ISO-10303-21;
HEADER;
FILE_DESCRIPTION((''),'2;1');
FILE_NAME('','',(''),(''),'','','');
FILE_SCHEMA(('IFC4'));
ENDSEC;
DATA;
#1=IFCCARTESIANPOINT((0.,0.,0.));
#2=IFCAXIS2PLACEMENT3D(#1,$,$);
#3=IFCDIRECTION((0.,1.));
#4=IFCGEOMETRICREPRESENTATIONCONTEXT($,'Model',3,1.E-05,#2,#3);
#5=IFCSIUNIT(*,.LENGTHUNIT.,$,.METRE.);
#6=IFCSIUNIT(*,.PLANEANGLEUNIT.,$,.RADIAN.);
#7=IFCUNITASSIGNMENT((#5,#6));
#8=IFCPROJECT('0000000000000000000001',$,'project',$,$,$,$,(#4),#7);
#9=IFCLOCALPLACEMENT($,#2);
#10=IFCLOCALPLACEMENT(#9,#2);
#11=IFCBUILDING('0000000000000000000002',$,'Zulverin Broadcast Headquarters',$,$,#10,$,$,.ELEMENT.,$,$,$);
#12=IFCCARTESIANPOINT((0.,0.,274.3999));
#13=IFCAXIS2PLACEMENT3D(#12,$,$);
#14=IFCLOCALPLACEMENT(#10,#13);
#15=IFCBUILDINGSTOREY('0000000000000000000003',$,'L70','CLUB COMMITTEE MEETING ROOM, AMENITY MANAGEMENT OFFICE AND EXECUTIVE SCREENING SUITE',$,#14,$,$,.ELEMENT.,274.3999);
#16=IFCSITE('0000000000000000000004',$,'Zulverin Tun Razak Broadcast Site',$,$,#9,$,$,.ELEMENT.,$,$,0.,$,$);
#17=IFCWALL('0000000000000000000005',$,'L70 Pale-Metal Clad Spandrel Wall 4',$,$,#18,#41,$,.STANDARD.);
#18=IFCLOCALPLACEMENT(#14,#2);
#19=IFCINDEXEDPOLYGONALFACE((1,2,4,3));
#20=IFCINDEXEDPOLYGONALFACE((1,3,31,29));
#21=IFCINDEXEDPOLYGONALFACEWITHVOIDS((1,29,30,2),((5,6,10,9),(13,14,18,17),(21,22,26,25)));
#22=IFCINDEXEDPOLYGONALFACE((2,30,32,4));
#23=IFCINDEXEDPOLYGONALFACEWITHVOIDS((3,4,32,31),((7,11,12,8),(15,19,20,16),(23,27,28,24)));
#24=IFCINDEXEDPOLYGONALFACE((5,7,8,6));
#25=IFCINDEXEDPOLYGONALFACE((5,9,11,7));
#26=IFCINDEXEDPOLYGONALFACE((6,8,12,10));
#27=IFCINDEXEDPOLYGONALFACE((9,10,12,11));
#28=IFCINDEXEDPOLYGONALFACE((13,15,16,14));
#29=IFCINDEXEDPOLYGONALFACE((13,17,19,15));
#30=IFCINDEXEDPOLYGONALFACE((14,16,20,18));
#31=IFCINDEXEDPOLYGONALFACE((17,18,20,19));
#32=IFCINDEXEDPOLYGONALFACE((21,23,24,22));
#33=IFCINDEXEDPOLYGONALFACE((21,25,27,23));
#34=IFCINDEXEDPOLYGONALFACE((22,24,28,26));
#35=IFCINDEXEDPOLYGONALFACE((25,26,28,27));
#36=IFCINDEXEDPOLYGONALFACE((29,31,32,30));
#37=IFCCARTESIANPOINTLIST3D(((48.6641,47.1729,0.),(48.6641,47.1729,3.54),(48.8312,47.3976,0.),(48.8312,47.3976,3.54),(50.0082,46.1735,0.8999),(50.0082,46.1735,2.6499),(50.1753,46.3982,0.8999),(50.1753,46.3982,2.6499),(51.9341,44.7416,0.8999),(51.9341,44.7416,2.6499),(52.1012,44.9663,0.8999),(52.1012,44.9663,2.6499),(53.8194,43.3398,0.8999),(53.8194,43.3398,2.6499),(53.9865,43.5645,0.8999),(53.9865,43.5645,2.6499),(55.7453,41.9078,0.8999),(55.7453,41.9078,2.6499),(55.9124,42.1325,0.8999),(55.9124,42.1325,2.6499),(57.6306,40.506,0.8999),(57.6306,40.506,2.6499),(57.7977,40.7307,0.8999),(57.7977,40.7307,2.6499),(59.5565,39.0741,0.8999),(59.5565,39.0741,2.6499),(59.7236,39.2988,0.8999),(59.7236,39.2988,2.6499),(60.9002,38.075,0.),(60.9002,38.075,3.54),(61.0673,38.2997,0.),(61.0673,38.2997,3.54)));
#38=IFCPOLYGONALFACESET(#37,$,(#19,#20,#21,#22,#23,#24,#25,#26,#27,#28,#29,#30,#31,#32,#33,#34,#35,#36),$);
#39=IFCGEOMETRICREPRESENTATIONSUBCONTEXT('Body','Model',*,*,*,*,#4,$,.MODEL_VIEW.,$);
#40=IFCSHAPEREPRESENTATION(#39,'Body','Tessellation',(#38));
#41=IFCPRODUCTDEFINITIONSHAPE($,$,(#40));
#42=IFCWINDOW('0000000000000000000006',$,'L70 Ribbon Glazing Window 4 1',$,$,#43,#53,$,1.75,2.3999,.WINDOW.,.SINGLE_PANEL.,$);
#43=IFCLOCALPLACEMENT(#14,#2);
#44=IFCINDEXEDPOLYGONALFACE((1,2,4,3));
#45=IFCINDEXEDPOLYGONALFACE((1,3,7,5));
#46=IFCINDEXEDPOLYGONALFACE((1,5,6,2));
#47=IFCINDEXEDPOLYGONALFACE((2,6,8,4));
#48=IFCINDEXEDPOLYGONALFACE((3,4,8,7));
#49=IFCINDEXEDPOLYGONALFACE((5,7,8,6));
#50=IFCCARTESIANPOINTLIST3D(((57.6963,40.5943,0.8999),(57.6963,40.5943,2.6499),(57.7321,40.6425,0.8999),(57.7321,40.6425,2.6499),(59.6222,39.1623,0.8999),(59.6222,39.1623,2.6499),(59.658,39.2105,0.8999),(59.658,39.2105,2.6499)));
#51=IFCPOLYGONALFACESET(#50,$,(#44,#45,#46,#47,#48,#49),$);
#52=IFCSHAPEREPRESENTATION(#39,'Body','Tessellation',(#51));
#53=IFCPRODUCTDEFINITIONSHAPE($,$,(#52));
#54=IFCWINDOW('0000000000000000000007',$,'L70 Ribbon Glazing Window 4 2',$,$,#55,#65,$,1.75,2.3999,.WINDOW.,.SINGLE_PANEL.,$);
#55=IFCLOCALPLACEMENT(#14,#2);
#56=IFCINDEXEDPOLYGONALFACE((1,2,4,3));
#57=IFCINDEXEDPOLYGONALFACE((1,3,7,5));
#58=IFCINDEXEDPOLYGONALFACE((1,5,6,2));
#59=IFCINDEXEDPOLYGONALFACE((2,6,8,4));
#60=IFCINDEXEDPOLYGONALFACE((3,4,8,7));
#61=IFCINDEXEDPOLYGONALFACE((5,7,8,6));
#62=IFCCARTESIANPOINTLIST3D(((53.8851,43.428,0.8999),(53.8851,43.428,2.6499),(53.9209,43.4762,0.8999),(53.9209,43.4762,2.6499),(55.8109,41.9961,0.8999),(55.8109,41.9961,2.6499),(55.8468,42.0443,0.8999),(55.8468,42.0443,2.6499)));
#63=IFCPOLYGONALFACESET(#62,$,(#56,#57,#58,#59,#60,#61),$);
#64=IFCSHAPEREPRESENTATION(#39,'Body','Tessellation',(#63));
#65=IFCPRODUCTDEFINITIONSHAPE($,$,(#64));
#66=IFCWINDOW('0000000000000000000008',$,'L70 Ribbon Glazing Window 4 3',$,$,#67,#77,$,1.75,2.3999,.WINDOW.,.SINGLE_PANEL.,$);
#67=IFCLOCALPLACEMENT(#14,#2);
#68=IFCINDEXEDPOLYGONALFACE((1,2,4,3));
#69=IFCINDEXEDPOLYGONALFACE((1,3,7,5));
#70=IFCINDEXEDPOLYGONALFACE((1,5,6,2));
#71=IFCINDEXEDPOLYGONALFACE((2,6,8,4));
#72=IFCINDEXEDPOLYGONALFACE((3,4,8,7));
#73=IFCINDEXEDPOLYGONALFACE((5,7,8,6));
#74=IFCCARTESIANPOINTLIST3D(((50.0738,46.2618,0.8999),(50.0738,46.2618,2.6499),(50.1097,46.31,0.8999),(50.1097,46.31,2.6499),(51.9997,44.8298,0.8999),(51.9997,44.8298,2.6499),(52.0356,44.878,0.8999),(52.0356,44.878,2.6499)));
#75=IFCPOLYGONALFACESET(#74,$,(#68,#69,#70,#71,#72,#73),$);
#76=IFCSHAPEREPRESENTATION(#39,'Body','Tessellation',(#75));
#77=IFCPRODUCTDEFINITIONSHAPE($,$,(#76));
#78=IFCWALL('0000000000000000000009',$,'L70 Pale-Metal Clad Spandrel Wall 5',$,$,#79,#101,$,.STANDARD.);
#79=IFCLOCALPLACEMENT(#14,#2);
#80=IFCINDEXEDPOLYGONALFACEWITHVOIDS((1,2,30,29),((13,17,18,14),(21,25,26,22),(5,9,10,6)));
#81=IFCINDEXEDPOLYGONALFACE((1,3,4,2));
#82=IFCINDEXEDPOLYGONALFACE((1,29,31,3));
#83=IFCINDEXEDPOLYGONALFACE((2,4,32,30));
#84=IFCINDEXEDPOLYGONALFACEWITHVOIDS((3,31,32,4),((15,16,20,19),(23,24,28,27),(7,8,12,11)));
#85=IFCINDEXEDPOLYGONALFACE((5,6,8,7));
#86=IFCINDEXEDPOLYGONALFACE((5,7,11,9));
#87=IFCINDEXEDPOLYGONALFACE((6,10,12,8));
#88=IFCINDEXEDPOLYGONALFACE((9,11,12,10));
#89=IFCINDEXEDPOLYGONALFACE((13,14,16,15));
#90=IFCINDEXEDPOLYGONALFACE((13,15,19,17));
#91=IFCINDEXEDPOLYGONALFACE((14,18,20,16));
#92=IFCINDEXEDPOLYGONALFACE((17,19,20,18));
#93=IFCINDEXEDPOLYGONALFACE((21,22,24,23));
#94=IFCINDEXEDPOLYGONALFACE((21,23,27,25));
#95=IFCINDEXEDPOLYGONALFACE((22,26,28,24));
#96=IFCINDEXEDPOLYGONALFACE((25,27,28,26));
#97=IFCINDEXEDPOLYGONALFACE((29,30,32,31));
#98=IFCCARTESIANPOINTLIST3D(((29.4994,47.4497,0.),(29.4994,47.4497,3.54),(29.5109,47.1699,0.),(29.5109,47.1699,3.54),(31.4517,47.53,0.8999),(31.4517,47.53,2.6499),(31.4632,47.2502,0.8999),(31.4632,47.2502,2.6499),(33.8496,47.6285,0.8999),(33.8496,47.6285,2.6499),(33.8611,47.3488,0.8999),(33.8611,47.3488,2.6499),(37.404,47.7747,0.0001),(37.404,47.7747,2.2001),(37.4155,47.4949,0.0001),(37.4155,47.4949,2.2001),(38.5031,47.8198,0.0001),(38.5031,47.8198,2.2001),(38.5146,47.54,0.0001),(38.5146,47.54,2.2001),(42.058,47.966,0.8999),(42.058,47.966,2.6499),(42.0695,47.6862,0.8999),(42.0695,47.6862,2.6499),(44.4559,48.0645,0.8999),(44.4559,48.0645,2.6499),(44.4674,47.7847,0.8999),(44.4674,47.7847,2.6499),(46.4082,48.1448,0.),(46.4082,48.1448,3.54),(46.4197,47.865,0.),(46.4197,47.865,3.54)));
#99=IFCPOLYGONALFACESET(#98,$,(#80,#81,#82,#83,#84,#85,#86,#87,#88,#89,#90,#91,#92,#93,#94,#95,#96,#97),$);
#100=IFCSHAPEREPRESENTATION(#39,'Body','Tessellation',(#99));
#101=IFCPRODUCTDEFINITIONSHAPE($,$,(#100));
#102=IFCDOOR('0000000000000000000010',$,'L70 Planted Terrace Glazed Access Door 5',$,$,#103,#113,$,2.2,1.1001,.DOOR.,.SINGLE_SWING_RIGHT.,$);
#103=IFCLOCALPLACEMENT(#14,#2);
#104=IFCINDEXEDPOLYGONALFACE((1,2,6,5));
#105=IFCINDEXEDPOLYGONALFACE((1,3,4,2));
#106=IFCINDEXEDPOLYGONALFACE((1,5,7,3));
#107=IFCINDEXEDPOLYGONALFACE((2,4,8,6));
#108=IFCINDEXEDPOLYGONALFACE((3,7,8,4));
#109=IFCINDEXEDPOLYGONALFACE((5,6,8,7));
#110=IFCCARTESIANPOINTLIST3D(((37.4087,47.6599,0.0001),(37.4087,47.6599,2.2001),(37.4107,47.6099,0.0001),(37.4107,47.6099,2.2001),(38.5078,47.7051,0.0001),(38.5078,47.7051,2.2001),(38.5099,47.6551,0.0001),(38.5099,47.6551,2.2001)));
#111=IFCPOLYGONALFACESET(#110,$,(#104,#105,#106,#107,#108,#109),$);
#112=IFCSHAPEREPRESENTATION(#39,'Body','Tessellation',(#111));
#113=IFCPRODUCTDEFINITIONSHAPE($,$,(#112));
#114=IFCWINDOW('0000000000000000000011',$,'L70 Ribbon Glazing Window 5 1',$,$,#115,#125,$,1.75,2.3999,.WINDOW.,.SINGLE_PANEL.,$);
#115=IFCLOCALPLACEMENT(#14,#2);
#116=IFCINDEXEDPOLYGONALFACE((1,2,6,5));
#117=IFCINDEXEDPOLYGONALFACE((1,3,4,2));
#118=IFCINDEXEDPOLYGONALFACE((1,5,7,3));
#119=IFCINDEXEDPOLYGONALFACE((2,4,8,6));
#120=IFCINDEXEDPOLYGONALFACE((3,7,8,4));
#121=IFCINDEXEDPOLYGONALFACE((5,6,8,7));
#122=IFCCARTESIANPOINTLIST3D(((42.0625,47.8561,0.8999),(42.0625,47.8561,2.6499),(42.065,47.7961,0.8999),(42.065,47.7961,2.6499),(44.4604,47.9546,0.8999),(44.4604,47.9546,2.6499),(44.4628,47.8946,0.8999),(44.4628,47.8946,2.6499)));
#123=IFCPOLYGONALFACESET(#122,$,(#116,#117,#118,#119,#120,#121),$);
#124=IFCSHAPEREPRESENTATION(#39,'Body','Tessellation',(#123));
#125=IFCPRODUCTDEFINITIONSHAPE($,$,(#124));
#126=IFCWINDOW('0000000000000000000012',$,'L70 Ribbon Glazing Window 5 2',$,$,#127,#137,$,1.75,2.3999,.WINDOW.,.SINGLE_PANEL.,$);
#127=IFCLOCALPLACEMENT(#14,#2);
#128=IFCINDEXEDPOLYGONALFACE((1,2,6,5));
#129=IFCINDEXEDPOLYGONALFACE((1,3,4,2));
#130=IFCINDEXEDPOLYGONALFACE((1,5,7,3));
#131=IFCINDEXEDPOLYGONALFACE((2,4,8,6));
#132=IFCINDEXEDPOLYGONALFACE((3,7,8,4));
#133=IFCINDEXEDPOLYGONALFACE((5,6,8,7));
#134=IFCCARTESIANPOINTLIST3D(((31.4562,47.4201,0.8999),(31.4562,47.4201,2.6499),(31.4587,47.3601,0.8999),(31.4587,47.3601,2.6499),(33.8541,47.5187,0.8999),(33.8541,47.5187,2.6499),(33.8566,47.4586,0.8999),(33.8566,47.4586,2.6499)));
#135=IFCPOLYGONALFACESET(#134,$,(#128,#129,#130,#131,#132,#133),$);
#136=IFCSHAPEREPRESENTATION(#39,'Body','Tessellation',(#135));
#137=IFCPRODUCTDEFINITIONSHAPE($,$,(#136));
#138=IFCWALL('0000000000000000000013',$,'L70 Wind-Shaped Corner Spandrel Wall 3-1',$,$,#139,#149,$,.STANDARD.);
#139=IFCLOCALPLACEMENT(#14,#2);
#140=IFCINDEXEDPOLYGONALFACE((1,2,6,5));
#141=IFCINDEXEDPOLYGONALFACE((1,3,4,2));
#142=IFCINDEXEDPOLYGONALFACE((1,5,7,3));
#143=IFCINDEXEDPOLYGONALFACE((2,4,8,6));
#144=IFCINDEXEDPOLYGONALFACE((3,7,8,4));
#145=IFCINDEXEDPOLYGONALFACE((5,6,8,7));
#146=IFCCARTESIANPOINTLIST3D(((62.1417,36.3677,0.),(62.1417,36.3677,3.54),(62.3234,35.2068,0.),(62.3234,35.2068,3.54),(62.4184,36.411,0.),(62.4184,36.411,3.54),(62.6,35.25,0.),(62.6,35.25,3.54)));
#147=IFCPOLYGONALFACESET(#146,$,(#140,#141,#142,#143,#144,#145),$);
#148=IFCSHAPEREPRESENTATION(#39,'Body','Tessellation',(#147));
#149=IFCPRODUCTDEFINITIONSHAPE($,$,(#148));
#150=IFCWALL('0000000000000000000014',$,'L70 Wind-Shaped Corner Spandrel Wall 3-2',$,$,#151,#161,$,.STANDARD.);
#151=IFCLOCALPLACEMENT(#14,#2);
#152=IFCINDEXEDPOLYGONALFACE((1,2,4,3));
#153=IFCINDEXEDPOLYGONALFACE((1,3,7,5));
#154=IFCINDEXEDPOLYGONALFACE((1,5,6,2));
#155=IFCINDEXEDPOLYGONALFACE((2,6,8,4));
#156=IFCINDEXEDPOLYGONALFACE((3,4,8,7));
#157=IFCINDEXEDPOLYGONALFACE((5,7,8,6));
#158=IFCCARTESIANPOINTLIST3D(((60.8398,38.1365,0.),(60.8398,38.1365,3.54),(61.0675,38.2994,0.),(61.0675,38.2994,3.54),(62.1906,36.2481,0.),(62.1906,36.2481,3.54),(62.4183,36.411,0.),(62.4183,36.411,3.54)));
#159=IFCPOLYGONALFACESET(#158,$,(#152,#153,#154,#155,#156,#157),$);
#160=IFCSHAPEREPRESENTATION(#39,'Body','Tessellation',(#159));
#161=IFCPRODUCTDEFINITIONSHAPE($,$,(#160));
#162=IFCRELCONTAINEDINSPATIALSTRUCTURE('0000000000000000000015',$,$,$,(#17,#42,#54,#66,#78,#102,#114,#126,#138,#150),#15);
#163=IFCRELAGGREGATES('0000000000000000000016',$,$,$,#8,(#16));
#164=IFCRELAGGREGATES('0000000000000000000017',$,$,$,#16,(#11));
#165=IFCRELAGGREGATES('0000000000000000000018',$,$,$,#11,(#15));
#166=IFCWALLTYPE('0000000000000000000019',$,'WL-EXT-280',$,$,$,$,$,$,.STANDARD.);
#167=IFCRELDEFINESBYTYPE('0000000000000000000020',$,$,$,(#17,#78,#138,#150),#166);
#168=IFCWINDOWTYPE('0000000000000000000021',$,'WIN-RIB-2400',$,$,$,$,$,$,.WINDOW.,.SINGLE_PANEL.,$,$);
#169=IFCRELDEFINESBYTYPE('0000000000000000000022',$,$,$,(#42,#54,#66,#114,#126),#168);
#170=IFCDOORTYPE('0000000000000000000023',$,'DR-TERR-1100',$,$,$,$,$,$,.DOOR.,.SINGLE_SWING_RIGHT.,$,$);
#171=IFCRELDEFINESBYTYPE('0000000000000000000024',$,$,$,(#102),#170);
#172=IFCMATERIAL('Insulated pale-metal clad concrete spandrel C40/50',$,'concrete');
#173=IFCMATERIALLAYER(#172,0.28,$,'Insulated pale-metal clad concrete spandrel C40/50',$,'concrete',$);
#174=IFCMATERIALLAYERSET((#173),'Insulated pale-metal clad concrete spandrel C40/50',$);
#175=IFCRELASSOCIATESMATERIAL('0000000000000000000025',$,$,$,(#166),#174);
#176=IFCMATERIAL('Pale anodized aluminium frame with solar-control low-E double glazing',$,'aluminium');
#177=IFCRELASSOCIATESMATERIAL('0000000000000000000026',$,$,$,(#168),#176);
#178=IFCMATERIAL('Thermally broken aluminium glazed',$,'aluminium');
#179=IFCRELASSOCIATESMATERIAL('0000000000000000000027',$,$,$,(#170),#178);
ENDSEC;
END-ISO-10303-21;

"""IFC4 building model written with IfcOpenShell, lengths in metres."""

from ifc_helpers import new_model, si_unit, direction, frame, frame_2d, origin, place, context, subcontext, project, spatial, rectangle, extrude, material, layer, layer_set, type_object, element, fill, save


model = new_model("IFC4")

# Units and contexts
model_context = context("Model", 3, precision=1e-05, world=origin(), true_north=direction((0.0, 1.0)))
body_context = subcontext(model_context, "Body", "Model", "MODEL_VIEW")
ifc_project = project(units=[si_unit("LENGTHUNIT", "METRE"), si_unit("PLANEANGLEUNIT", "RADIAN")], contexts=[model_context])

# Site, building, storey
site_placement = place(None, origin())
site = spatial("IfcSite", under=ifc_project, at=site_placement, Name="Zulverin Tun Razak Broadcast Site", CompositionType="ELEMENT", RefElevation=0.0)
building_placement = place(site_placement, origin())
building = spatial("IfcBuilding", under=site, at=building_placement, Name="Zulverin Broadcast Headquarters", CompositionType="ELEMENT")
storey_placement = place(building_placement, frame((0.0, 0.0, 274.3999)))
storey = spatial("IfcBuildingStorey", under=building, at=storey_placement, Name="L70", Description="CLUB COMMITTEE MEETING ROOM, AMENITY MANAGEMENT OFFICE AND EXECUTIVE SCREENING SUITE", CompositionType="ELEMENT", Elevation=274.3999)

# Wall, openings, windows
ifc_material_1 = material(Name="Insulated pale-metal clad concrete spandrel C40/50", Category="concrete")
ifc_layer_1 = layer(ifc_material_1, 0.28, Name="Insulated pale-metal clad concrete spandrel C40/50", Category="concrete")
ifc_layer_set_1 = layer_set([ifc_layer_1], Name="Insulated pale-metal clad concrete spandrel C40/50")
wall_type = type_object("IfcWallType", Name="WL-EXT-280", PredefinedType="STANDARD", material=ifc_layer_set_1)
wall_1_placement = place(storey_placement, frame((60.9839, 38.1873, 0.0), z_axis=(0.0, 0.0, 1.0), x_axis=(-0.802485, 0.596672, 0.0)))
wall_1 = element("IfcWall", 1, at=wall_1_placement, inside=storey, type_object=wall_type, Name="L70 Pale-Metal Clad Spandrel Wall 4", PredefinedType="STANDARD", context=body_context, shape_type="SweptSolid", body=[
    extrude(rectangle(XDim=15.2478, YDim=0.28, at=frame_2d((7.624, 0.0))), origin(), (0.0, 0.0, 1.0), 3.54),
])
opening_1_placement = place(wall_1_placement, frame((1.6746, 0.0, 0.8999)))
opening_1 = element("IfcOpeningElement", 2, at=opening_1_placement, cuts=wall_1, PredefinedType="OPENING", context=body_context, shape_type="SweptSolid", body=[
    extrude(rectangle(XDim=2.3999, YDim=1.75, at=frame_2d((1.2, 0.875))), frame((0.0, 0.1499, 0.0), z_axis=(0.0, -1.0, 0.0), x_axis=(1.0, 0.0, 0.0)), (0.0, 0.0, 1.0), 0.3),
])
opening_2_placement = place(wall_1_placement, frame((6.4238, 0.0, 0.8999)))
opening_2 = element("IfcOpeningElement", 3, at=opening_2_placement, cuts=wall_1, PredefinedType="OPENING", context=body_context, shape_type="SweptSolid", body=[
    extrude(rectangle(XDim=2.3999, YDim=1.75, at=frame_2d((1.2, 0.875))), frame((0.0, 0.1499, 0.0), z_axis=(0.0, -1.0, 0.0), x_axis=(1.0, 0.0, 0.0)), (0.0, 0.0, 1.0), 0.3),
])
opening_3_placement = place(wall_1_placement, frame((11.1731, 0.0, 0.8999)))
opening_3 = element("IfcOpeningElement", 4, at=opening_3_placement, cuts=wall_1, PredefinedType="OPENING", context=body_context, shape_type="SweptSolid", body=[
    extrude(rectangle(XDim=2.3999, YDim=1.75, at=frame_2d((1.2, 0.875))), frame((0.0, 0.1499, 0.0), z_axis=(0.0, -1.0, 0.0), x_axis=(1.0, 0.0, 0.0)), (0.0, 0.0, 1.0), 0.3),
])
ifc_material_2 = material(Name="Pale anodized aluminium frame with solar-control low-E double glazing", Category="aluminium")
window_type = type_object("IfcWindowType", Name="WIN-RIB-2400", PartitioningType="SINGLE_PANEL", PredefinedType="WINDOW", material=ifc_material_2)
window_1_placement = place(opening_1_placement, origin())
window_1 = element("IfcWindow", 5, at=window_1_placement, inside=storey, type_object=window_type, Name="L70 Ribbon Glazing Window 4 1", OverallHeight=1.75, OverallWidth=2.3999, PartitioningType="SINGLE_PANEL", PredefinedType="WINDOW", context=body_context, shape_type="SweptSolid", body=[
    extrude(rectangle(XDim=2.3999, YDim=1.75, at=frame_2d((1.2, 0.875))), frame((0.0, 0.03, 0.0), z_axis=(0.0, -1.0, 0.0), x_axis=(1.0, 0.0, 0.0)), (0.0, 0.0, 1.0), 0.0601),
])
fill(opening_1, window_1)
window_2_placement = place(opening_2_placement, origin())
window_2 = element("IfcWindow", 6, at=window_2_placement, inside=storey, type_object=window_type, Name="L70 Ribbon Glazing Window 4 2", OverallHeight=1.75, OverallWidth=2.3999, PartitioningType="SINGLE_PANEL", PredefinedType="WINDOW", context=body_context, shape_type="SweptSolid", body=[
    extrude(rectangle(XDim=2.3999, YDim=1.75, at=frame_2d((1.2, 0.875))), frame((0.0, 0.03, 0.0), z_axis=(0.0, -1.0, 0.0), x_axis=(1.0, 0.0, 0.0)), (0.0, 0.0, 1.0), 0.0601),
])
fill(opening_2, window_2)
window_3_placement = place(opening_3_placement, origin())
window_3 = element("IfcWindow", 7, at=window_3_placement, inside=storey, type_object=window_type, Name="L70 Ribbon Glazing Window 4 3", OverallHeight=1.75, OverallWidth=2.3999, PartitioningType="SINGLE_PANEL", PredefinedType="WINDOW", context=body_context, shape_type="SweptSolid", body=[
    extrude(rectangle(XDim=2.3999, YDim=1.75, at=frame_2d((1.2, 0.875))), frame((0.0, 0.03, 0.0), z_axis=(0.0, -1.0, 0.0), x_axis=(1.0, 0.0, 0.0)), (0.0, 0.0, 1.0), 0.0601),
])
fill(opening_3, window_3)

# Wall, openings, door, windows
wall_2_placement = place(storey_placement, frame((46.4138, 48.0049, 0.0), z_axis=(0.0, 0.0, 1.0), x_axis=(-0.999156, -0.041072, 0.0)))
wall_2 = element("IfcWall", 8, at=wall_2_placement, inside=storey, type_object=wall_type, Name="L70 Pale-Metal Clad Spandrel Wall 5", PredefinedType="STANDARD", context=body_context, shape_type="SweptSolid", body=[
    extrude(rectangle(XDim=16.9231, YDim=0.28, at=frame_2d((8.4614, 0.0))), origin(), (0.0, 0.0, 1.0), 3.54),
])
opening_4_placement = place(wall_2_placement, frame((7.9116, 0.0, 0.0)))
opening_4 = element("IfcOpeningElement", 9, at=opening_4_placement, cuts=wall_2, PredefinedType="OPENING", context=body_context, shape_type="SweptSolid", body=[
    extrude(rectangle(XDim=1.1001, YDim=2.2, at=frame_2d((0.55, 1.1001))), frame((0.0, 0.1499, 0.0), z_axis=(0.0, -1.0, 0.0), x_axis=(1.0, 0.0, 0.0)), (0.0, 0.0, 1.0), 0.3),
])
opening_5_placement = place(wall_2_placement, frame((1.9539, 0.0, 0.8999)))
opening_5 = element("IfcOpeningElement", 10, at=opening_5_placement, cuts=wall_2, PredefinedType="OPENING", context=body_context, shape_type="SweptSolid", body=[
    extrude(rectangle(XDim=2.3999, YDim=1.75, at=frame_2d((1.2, 0.875))), frame((0.0, 0.1499, 0.0), z_axis=(0.0, -1.0, 0.0), x_axis=(1.0, 0.0, 0.0)), (0.0, 0.0, 1.0), 0.3),
])
opening_6_placement = place(wall_2_placement, frame((12.5691, 0.0, 0.8999)))
opening_6 = element("IfcOpeningElement", 11, at=opening_6_placement, cuts=wall_2, PredefinedType="OPENING", context=body_context, shape_type="SweptSolid", body=[
    extrude(rectangle(XDim=2.3999, YDim=1.75, at=frame_2d((1.2, 0.875))), frame((0.0, 0.1499, 0.0), z_axis=(0.0, -1.0, 0.0), x_axis=(1.0, 0.0, 0.0)), (0.0, 0.0, 1.0), 0.3),
])
ifc_material_3 = material(Name="Thermally broken aluminium glazed", Category="aluminium")
door_type = type_object("IfcDoorType", Name="DR-TERR-1100", OperationType="SINGLE_SWING_RIGHT", PredefinedType="DOOR", material=ifc_material_3)
door_placement = place(opening_4_placement, origin())
door = element("IfcDoor", 12, at=door_placement, inside=storey, type_object=door_type, Name="L70 Planted Terrace Glazed Access Door 5", OperationType="SINGLE_SWING_RIGHT", OverallHeight=2.2, OverallWidth=1.1001, PredefinedType="DOOR", context=body_context, shape_type="SweptSolid", body=[
    extrude(rectangle(XDim=1.1001, YDim=2.2, at=frame_2d((0.55, 1.1001))), frame((0.0, 0.0249, 0.0), z_axis=(0.0, -1.0, 0.0), x_axis=(1.0, 0.0, 0.0)), (0.0, 0.0, 1.0), 0.05),
])
fill(opening_4, door)
window_4_placement = place(opening_5_placement, origin())
window_4 = element("IfcWindow", 13, at=window_4_placement, inside=storey, type_object=window_type, Name="L70 Ribbon Glazing Window 5 1", OverallHeight=1.75, OverallWidth=2.3999, PartitioningType="SINGLE_PANEL", PredefinedType="WINDOW", context=body_context, shape_type="SweptSolid", body=[
    extrude(rectangle(XDim=2.3999, YDim=1.75, at=frame_2d((1.2, 0.875))), frame((0.0, 0.03, 0.0), z_axis=(0.0, -1.0, 0.0), x_axis=(1.0, 0.0, 0.0)), (0.0, 0.0, 1.0), 0.0601),
])
fill(opening_5, window_4)
window_5_placement = place(opening_6_placement, origin())
window_5 = element("IfcWindow", 14, at=window_5_placement, inside=storey, type_object=window_type, Name="L70 Ribbon Glazing Window 5 2", OverallHeight=1.75, OverallWidth=2.3999, PartitioningType="SINGLE_PANEL", PredefinedType="WINDOW", context=body_context, shape_type="SweptSolid", body=[
    extrude(rectangle(XDim=2.3999, YDim=1.75, at=frame_2d((1.2, 0.875))), frame((0.0, 0.03, 0.0), z_axis=(0.0, -1.0, 0.0), x_axis=(1.0, 0.0, 0.0)), (0.0, 0.0, 1.0), 0.0601),
])
fill(opening_6, window_5)

# Walls
wall_3_placement = place(storey_placement, frame((62.4617, 35.2285, 0.0), z_axis=(0.0, 0.0, 1.0), x_axis=(-0.154586, 0.987979, 0.0)))
element("IfcWall", 15, at=wall_3_placement, inside=storey, type_object=wall_type, Name="L70 Wind-Shaped Corner Spandrel Wall 3-1", PredefinedType="STANDARD", context=body_context, shape_type="SweptSolid", body=[
    extrude(rectangle(XDim=1.175, YDim=0.28, at=frame_2d((0.5874, 0.0))), origin(), (0.0, 0.0, 1.0), 3.54),
])
wall_4_placement = place(storey_placement, frame((62.3044, 36.3296, 0.0), z_axis=(0.0, 0.0, 1.0), x_axis=(-0.581795, 0.813335, 0.0)))
element("IfcWall", 16, at=wall_4_placement, inside=storey, type_object=wall_type, Name="L70 Wind-Shaped Corner Spandrel Wall 3-2", PredefinedType="STANDARD", context=body_context, shape_type="SweptSolid", body=[
    extrude(rectangle(XDim=2.3218, YDim=0.28, at=frame_2d((1.1609, 0.0))), origin(), (0.0, 0.0, 1.0), 3.54),
])

save(model, "model.ifc")
